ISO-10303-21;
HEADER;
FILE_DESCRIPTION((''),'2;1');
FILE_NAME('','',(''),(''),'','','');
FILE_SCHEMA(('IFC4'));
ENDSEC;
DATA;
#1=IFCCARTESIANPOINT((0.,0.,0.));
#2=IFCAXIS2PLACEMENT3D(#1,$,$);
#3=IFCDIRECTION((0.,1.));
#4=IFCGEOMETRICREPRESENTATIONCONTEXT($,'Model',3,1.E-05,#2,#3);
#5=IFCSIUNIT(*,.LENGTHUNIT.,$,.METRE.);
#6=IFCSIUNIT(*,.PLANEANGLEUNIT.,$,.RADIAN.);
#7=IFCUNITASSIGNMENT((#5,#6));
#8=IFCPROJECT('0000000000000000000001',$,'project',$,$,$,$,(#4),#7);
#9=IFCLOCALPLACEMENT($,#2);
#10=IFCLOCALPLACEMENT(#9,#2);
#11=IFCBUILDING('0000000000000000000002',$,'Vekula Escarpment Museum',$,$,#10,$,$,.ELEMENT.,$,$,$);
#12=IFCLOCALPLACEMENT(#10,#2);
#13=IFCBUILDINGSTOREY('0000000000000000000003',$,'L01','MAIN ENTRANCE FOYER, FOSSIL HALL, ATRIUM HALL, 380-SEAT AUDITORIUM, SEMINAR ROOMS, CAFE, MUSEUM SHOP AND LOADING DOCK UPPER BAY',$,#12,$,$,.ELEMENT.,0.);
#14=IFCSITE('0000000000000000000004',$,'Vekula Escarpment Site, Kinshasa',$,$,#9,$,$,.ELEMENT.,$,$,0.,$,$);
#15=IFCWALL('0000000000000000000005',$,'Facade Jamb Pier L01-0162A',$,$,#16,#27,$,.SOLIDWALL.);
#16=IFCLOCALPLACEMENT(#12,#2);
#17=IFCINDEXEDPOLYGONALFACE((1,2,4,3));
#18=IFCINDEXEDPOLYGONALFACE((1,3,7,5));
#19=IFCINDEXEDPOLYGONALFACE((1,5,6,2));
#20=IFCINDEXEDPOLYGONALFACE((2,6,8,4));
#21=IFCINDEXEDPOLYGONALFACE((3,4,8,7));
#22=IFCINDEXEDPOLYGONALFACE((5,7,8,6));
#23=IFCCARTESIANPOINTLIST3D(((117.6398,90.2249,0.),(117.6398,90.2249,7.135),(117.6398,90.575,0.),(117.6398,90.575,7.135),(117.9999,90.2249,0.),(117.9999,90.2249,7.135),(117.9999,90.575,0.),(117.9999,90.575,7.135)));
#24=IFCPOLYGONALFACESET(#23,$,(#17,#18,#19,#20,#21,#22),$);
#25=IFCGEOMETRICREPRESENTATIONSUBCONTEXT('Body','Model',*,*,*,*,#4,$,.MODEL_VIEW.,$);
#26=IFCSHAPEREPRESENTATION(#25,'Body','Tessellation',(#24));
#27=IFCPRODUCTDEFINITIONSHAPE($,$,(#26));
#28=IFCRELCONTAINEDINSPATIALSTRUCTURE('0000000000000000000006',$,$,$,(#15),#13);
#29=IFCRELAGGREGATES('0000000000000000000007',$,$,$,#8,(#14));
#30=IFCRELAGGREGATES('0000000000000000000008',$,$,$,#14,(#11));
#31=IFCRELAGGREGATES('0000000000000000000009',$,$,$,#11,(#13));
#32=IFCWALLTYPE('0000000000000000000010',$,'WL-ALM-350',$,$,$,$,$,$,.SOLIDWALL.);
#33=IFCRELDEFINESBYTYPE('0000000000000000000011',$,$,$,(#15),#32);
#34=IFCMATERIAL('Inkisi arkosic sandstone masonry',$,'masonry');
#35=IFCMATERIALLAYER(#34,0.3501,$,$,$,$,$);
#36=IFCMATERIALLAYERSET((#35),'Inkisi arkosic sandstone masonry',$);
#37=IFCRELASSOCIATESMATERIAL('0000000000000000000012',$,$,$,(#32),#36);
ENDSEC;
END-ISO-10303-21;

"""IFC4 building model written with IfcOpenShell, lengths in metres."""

from ifc_helpers import new_model, si_unit, direction, frame, frame_2d, origin, place, context, subcontext, project, spatial, rectangle, extrude, material, layer, layer_set, type_object, element, save


model = new_model("IFC4")

# Units and contexts
model_context = context("Model", 3, precision=1e-05, world=origin(), true_north=direction((0.0, 1.0)))
body_context = subcontext(model_context, "Body", "Model", "MODEL_VIEW")
ifc_project = project(units=[si_unit("LENGTHUNIT", "METRE"), si_unit("PLANEANGLEUNIT", "RADIAN")], contexts=[model_context])

# Site, building, storey
site_placement = place(None, origin())
site = spatial("IfcSite", under=ifc_project, at=site_placement, Name="Vekula Escarpment Site, Kinshasa", CompositionType="ELEMENT", RefElevation=0.0)
building_placement = place(site_placement, origin())
building = spatial("IfcBuilding", under=site, at=building_placement, Name="Vekula Escarpment Museum", CompositionType="ELEMENT")
storey_placement = place(building_placement, origin())
storey = spatial("IfcBuildingStorey", under=building, at=storey_placement, Name="L01", Description="MAIN ENTRANCE FOYER, FOSSIL HALL, ATRIUM HALL, 380-SEAT AUDITORIUM, SEMINAR ROOMS, CAFE, MUSEUM SHOP AND LOADING DOCK UPPER BAY", CompositionType="ELEMENT", Elevation=0.0)

# Wall
ifc_material_1 = material(Name="Inkisi arkosic sandstone masonry", Category="masonry")
ifc_layer_1 = layer(ifc_material_1, 0.3501)
ifc_layer_set_1 = layer_set([ifc_layer_1], Name="Inkisi arkosic sandstone masonry")
wall_type = type_object("IfcWallType", Name="WL-ALM-350", PredefinedType="SOLIDWALL", material=ifc_layer_set_1)
for number, where, z_axis, x_axis, name in (
    (1, (118.0, 90.3999, 0.0), (0.0, 0.0, 1.0), (-1.0, 0.0, 0.0), "Facade Jamb Pier L01-0162A"),
):
    element("IfcWall", number, at=place(storey_placement, frame(where, z_axis=z_axis, x_axis=x_axis)), inside=storey, type_object=wall_type, Name=name, PredefinedType="SOLIDWALL", context=body_context, shape_type="SweptSolid", body=[
        extrude(rectangle(XDim=0.3601, YDim=0.3501, at=frame_2d((0.1802, 0.0))), origin(), (0.0, 0.0, 1.0), 7.135),
    ])

save(model, "model.ifc")
